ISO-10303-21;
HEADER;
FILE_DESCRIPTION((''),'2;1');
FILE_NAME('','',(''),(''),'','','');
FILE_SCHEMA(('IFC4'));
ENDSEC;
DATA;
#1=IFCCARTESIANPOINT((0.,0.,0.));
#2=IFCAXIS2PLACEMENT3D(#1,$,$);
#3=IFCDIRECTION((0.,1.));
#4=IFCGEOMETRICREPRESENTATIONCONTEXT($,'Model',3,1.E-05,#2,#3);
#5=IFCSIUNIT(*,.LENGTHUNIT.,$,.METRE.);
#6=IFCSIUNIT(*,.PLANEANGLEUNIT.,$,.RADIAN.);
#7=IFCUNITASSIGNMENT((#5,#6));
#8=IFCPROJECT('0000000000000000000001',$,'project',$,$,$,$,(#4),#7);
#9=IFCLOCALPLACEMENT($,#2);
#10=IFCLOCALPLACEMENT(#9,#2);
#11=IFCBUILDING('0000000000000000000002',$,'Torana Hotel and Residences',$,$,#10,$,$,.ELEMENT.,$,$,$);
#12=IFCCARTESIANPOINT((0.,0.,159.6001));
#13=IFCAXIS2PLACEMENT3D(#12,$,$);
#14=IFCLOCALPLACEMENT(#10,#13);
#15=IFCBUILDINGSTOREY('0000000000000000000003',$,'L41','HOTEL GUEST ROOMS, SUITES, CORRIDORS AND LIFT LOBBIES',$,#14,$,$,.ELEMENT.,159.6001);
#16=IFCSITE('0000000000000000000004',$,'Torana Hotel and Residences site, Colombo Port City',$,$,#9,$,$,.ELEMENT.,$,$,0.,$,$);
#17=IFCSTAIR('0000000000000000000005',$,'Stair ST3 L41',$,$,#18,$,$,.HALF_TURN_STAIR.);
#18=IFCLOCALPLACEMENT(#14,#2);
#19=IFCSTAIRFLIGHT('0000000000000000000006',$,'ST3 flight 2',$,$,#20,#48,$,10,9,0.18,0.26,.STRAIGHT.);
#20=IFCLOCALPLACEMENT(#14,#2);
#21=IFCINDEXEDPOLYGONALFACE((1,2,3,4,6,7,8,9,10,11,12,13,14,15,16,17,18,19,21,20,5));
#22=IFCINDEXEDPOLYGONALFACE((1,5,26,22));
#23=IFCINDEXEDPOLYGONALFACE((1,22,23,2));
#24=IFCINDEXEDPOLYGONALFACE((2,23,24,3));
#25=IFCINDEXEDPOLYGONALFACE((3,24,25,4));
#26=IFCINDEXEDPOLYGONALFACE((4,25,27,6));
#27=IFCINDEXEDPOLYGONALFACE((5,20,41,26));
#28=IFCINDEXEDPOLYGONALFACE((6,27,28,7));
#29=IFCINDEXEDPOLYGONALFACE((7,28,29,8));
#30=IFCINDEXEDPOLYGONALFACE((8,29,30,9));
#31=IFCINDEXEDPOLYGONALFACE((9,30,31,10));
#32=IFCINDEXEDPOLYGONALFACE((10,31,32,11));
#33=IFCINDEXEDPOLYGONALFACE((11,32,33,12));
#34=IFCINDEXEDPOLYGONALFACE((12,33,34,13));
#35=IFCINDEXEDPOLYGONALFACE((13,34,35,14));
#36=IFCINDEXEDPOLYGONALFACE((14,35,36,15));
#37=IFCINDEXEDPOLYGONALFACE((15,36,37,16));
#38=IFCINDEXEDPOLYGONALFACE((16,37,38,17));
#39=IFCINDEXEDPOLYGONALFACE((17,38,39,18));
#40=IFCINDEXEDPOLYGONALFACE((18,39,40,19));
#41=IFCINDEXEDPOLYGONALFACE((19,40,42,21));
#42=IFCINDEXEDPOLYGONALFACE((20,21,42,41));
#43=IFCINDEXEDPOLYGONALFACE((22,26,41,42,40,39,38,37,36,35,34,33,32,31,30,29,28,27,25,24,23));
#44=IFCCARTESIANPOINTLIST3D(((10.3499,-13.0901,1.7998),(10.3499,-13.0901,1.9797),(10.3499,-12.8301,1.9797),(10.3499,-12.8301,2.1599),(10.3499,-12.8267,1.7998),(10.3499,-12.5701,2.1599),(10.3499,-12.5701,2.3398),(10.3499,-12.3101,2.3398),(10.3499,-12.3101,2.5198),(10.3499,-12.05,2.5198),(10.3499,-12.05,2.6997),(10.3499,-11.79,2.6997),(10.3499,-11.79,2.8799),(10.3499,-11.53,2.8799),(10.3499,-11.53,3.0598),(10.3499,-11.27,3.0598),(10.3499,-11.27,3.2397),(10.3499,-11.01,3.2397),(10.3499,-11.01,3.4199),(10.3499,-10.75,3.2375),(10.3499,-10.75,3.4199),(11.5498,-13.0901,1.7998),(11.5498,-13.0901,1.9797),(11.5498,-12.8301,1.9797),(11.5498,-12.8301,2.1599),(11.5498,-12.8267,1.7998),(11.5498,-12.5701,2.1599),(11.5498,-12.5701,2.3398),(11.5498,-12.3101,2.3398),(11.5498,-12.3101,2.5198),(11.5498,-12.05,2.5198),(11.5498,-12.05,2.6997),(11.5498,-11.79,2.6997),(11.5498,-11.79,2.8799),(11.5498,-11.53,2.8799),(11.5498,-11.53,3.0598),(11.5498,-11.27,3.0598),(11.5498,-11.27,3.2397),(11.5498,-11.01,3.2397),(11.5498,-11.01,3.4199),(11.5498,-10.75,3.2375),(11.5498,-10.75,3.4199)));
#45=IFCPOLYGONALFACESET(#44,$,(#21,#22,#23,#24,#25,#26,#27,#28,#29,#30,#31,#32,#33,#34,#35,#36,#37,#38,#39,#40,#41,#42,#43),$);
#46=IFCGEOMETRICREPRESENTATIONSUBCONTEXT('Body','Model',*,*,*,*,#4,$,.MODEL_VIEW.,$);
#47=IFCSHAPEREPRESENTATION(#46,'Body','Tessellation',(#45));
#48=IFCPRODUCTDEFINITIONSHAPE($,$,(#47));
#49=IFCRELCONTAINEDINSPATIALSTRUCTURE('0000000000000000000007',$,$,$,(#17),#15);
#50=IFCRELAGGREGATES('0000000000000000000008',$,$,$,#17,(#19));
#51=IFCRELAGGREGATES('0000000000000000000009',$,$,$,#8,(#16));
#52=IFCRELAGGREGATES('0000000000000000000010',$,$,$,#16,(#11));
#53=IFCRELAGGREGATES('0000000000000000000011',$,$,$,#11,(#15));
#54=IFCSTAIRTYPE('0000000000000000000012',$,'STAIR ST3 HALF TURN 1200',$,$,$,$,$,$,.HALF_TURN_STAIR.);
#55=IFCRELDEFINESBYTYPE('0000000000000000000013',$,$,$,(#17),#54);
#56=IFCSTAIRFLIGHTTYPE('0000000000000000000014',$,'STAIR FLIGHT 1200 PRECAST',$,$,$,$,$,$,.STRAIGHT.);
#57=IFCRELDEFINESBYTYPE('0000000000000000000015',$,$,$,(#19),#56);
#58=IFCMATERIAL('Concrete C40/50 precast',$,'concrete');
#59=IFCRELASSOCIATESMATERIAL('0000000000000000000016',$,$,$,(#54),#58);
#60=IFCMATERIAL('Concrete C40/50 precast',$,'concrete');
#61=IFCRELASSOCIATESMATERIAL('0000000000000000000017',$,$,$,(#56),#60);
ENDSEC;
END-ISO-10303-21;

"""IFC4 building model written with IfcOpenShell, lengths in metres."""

from ifc_helpers import new_model, si_unit, direction, frame, origin, place, context, subcontext, project, spatial, polyline, outline, extrude, material, type_object, element, aggregate, save


model = new_model("IFC4")

# Units and contexts
model_context = context("Model", 3, precision=1e-05, world=origin(), true_north=direction((0.0, 1.0)))
body_context = subcontext(model_context, "Body", "Model", "MODEL_VIEW")
ifc_project = project(units=[si_unit("LENGTHUNIT", "METRE"), si_unit("PLANEANGLEUNIT", "RADIAN")], contexts=[model_context])

# Site, building, storey
site_placement = place(None, origin())
site = spatial("IfcSite", under=ifc_project, at=site_placement, Name="Torana Hotel and Residences site, Colombo Port City", CompositionType="ELEMENT", RefElevation=0.0)
building_placement = place(site_placement, origin())
building = spatial("IfcBuilding", under=site, at=building_placement, Name="Torana Hotel and Residences", CompositionType="ELEMENT")
storey_placement = place(building_placement, frame((0.0, 0.0, 159.6001)))
storey = spatial("IfcBuildingStorey", under=building, at=storey_placement, Name="L41", Description="HOTEL GUEST ROOMS, SUITES, CORRIDORS AND LIFT LOBBIES", CompositionType="ELEMENT", Elevation=159.6001)

# Stair, stair flight
ifc_material_1 = material(Name="Concrete C40/50 precast", Category="concrete")
stair_type = type_object("IfcStairType", Name="STAIR ST3 HALF TURN 1200", PredefinedType="HALF_TURN_STAIR", material=ifc_material_1)
stair_placement = place(storey_placement, origin())
stair = element("IfcStair", 1, at=stair_placement, inside=storey, type_object=stair_type, Name="Stair ST3 L41", PredefinedType="HALF_TURN_STAIR")
ifc_material_2 = material(Name="Concrete C40/50 precast", Category="concrete")
stair_flight_type = type_object("IfcStairFlightType", Name="STAIR FLIGHT 1200 PRECAST", PredefinedType="STRAIGHT", material=ifc_material_2)
stair_flight_1_placement = place(storey_placement, frame((10.95, -13.0901, 1.7998), z_axis=(0.0, 0.0, 1.0), x_axis=(0.0, 1.0, 0.0)))
stair_flight_1 = element("IfcStairFlight", 2, at=stair_flight_1_placement, type_object=stair_flight_type, Name="ST3 flight 2", NumberOfRisers=10, NumberOfTreads=9, PredefinedType="STRAIGHT", RiserHeight=0.18, TreadLength=0.26, context=body_context, shape_type="SweptSolid", body=[
    extrude(outline(polyline([(0.0, 0.0), (0.0, 0.1799), (0.26, 0.1799), (0.26, 0.3601), (0.52, 0.3601), (0.52, 0.54), (0.78, 0.54), (0.78, 0.72), (1.04, 0.72), (1.04, 0.8999), (1.3, 0.8999), (1.3, 1.0801), (1.5601, 1.0801), (1.5601, 1.26), (1.8201, 1.26), (1.8201, 1.4399), (2.0801, 1.4399), (2.0801, 1.6201), (2.3401, 1.6201), (2.3401, 1.8), (2.3401, 1.4377), (0.2634, 0.0), (0.0, 0.0)])), frame((0.0, 0.6001, 0.0), z_axis=(0.0, -1.0, 0.0), x_axis=(1.0, 0.0, 0.0)), (0.0, 0.0, 1.0), 1.2),
])
aggregate(stair, [stair_flight_1])

save(model, "model.ifc")
